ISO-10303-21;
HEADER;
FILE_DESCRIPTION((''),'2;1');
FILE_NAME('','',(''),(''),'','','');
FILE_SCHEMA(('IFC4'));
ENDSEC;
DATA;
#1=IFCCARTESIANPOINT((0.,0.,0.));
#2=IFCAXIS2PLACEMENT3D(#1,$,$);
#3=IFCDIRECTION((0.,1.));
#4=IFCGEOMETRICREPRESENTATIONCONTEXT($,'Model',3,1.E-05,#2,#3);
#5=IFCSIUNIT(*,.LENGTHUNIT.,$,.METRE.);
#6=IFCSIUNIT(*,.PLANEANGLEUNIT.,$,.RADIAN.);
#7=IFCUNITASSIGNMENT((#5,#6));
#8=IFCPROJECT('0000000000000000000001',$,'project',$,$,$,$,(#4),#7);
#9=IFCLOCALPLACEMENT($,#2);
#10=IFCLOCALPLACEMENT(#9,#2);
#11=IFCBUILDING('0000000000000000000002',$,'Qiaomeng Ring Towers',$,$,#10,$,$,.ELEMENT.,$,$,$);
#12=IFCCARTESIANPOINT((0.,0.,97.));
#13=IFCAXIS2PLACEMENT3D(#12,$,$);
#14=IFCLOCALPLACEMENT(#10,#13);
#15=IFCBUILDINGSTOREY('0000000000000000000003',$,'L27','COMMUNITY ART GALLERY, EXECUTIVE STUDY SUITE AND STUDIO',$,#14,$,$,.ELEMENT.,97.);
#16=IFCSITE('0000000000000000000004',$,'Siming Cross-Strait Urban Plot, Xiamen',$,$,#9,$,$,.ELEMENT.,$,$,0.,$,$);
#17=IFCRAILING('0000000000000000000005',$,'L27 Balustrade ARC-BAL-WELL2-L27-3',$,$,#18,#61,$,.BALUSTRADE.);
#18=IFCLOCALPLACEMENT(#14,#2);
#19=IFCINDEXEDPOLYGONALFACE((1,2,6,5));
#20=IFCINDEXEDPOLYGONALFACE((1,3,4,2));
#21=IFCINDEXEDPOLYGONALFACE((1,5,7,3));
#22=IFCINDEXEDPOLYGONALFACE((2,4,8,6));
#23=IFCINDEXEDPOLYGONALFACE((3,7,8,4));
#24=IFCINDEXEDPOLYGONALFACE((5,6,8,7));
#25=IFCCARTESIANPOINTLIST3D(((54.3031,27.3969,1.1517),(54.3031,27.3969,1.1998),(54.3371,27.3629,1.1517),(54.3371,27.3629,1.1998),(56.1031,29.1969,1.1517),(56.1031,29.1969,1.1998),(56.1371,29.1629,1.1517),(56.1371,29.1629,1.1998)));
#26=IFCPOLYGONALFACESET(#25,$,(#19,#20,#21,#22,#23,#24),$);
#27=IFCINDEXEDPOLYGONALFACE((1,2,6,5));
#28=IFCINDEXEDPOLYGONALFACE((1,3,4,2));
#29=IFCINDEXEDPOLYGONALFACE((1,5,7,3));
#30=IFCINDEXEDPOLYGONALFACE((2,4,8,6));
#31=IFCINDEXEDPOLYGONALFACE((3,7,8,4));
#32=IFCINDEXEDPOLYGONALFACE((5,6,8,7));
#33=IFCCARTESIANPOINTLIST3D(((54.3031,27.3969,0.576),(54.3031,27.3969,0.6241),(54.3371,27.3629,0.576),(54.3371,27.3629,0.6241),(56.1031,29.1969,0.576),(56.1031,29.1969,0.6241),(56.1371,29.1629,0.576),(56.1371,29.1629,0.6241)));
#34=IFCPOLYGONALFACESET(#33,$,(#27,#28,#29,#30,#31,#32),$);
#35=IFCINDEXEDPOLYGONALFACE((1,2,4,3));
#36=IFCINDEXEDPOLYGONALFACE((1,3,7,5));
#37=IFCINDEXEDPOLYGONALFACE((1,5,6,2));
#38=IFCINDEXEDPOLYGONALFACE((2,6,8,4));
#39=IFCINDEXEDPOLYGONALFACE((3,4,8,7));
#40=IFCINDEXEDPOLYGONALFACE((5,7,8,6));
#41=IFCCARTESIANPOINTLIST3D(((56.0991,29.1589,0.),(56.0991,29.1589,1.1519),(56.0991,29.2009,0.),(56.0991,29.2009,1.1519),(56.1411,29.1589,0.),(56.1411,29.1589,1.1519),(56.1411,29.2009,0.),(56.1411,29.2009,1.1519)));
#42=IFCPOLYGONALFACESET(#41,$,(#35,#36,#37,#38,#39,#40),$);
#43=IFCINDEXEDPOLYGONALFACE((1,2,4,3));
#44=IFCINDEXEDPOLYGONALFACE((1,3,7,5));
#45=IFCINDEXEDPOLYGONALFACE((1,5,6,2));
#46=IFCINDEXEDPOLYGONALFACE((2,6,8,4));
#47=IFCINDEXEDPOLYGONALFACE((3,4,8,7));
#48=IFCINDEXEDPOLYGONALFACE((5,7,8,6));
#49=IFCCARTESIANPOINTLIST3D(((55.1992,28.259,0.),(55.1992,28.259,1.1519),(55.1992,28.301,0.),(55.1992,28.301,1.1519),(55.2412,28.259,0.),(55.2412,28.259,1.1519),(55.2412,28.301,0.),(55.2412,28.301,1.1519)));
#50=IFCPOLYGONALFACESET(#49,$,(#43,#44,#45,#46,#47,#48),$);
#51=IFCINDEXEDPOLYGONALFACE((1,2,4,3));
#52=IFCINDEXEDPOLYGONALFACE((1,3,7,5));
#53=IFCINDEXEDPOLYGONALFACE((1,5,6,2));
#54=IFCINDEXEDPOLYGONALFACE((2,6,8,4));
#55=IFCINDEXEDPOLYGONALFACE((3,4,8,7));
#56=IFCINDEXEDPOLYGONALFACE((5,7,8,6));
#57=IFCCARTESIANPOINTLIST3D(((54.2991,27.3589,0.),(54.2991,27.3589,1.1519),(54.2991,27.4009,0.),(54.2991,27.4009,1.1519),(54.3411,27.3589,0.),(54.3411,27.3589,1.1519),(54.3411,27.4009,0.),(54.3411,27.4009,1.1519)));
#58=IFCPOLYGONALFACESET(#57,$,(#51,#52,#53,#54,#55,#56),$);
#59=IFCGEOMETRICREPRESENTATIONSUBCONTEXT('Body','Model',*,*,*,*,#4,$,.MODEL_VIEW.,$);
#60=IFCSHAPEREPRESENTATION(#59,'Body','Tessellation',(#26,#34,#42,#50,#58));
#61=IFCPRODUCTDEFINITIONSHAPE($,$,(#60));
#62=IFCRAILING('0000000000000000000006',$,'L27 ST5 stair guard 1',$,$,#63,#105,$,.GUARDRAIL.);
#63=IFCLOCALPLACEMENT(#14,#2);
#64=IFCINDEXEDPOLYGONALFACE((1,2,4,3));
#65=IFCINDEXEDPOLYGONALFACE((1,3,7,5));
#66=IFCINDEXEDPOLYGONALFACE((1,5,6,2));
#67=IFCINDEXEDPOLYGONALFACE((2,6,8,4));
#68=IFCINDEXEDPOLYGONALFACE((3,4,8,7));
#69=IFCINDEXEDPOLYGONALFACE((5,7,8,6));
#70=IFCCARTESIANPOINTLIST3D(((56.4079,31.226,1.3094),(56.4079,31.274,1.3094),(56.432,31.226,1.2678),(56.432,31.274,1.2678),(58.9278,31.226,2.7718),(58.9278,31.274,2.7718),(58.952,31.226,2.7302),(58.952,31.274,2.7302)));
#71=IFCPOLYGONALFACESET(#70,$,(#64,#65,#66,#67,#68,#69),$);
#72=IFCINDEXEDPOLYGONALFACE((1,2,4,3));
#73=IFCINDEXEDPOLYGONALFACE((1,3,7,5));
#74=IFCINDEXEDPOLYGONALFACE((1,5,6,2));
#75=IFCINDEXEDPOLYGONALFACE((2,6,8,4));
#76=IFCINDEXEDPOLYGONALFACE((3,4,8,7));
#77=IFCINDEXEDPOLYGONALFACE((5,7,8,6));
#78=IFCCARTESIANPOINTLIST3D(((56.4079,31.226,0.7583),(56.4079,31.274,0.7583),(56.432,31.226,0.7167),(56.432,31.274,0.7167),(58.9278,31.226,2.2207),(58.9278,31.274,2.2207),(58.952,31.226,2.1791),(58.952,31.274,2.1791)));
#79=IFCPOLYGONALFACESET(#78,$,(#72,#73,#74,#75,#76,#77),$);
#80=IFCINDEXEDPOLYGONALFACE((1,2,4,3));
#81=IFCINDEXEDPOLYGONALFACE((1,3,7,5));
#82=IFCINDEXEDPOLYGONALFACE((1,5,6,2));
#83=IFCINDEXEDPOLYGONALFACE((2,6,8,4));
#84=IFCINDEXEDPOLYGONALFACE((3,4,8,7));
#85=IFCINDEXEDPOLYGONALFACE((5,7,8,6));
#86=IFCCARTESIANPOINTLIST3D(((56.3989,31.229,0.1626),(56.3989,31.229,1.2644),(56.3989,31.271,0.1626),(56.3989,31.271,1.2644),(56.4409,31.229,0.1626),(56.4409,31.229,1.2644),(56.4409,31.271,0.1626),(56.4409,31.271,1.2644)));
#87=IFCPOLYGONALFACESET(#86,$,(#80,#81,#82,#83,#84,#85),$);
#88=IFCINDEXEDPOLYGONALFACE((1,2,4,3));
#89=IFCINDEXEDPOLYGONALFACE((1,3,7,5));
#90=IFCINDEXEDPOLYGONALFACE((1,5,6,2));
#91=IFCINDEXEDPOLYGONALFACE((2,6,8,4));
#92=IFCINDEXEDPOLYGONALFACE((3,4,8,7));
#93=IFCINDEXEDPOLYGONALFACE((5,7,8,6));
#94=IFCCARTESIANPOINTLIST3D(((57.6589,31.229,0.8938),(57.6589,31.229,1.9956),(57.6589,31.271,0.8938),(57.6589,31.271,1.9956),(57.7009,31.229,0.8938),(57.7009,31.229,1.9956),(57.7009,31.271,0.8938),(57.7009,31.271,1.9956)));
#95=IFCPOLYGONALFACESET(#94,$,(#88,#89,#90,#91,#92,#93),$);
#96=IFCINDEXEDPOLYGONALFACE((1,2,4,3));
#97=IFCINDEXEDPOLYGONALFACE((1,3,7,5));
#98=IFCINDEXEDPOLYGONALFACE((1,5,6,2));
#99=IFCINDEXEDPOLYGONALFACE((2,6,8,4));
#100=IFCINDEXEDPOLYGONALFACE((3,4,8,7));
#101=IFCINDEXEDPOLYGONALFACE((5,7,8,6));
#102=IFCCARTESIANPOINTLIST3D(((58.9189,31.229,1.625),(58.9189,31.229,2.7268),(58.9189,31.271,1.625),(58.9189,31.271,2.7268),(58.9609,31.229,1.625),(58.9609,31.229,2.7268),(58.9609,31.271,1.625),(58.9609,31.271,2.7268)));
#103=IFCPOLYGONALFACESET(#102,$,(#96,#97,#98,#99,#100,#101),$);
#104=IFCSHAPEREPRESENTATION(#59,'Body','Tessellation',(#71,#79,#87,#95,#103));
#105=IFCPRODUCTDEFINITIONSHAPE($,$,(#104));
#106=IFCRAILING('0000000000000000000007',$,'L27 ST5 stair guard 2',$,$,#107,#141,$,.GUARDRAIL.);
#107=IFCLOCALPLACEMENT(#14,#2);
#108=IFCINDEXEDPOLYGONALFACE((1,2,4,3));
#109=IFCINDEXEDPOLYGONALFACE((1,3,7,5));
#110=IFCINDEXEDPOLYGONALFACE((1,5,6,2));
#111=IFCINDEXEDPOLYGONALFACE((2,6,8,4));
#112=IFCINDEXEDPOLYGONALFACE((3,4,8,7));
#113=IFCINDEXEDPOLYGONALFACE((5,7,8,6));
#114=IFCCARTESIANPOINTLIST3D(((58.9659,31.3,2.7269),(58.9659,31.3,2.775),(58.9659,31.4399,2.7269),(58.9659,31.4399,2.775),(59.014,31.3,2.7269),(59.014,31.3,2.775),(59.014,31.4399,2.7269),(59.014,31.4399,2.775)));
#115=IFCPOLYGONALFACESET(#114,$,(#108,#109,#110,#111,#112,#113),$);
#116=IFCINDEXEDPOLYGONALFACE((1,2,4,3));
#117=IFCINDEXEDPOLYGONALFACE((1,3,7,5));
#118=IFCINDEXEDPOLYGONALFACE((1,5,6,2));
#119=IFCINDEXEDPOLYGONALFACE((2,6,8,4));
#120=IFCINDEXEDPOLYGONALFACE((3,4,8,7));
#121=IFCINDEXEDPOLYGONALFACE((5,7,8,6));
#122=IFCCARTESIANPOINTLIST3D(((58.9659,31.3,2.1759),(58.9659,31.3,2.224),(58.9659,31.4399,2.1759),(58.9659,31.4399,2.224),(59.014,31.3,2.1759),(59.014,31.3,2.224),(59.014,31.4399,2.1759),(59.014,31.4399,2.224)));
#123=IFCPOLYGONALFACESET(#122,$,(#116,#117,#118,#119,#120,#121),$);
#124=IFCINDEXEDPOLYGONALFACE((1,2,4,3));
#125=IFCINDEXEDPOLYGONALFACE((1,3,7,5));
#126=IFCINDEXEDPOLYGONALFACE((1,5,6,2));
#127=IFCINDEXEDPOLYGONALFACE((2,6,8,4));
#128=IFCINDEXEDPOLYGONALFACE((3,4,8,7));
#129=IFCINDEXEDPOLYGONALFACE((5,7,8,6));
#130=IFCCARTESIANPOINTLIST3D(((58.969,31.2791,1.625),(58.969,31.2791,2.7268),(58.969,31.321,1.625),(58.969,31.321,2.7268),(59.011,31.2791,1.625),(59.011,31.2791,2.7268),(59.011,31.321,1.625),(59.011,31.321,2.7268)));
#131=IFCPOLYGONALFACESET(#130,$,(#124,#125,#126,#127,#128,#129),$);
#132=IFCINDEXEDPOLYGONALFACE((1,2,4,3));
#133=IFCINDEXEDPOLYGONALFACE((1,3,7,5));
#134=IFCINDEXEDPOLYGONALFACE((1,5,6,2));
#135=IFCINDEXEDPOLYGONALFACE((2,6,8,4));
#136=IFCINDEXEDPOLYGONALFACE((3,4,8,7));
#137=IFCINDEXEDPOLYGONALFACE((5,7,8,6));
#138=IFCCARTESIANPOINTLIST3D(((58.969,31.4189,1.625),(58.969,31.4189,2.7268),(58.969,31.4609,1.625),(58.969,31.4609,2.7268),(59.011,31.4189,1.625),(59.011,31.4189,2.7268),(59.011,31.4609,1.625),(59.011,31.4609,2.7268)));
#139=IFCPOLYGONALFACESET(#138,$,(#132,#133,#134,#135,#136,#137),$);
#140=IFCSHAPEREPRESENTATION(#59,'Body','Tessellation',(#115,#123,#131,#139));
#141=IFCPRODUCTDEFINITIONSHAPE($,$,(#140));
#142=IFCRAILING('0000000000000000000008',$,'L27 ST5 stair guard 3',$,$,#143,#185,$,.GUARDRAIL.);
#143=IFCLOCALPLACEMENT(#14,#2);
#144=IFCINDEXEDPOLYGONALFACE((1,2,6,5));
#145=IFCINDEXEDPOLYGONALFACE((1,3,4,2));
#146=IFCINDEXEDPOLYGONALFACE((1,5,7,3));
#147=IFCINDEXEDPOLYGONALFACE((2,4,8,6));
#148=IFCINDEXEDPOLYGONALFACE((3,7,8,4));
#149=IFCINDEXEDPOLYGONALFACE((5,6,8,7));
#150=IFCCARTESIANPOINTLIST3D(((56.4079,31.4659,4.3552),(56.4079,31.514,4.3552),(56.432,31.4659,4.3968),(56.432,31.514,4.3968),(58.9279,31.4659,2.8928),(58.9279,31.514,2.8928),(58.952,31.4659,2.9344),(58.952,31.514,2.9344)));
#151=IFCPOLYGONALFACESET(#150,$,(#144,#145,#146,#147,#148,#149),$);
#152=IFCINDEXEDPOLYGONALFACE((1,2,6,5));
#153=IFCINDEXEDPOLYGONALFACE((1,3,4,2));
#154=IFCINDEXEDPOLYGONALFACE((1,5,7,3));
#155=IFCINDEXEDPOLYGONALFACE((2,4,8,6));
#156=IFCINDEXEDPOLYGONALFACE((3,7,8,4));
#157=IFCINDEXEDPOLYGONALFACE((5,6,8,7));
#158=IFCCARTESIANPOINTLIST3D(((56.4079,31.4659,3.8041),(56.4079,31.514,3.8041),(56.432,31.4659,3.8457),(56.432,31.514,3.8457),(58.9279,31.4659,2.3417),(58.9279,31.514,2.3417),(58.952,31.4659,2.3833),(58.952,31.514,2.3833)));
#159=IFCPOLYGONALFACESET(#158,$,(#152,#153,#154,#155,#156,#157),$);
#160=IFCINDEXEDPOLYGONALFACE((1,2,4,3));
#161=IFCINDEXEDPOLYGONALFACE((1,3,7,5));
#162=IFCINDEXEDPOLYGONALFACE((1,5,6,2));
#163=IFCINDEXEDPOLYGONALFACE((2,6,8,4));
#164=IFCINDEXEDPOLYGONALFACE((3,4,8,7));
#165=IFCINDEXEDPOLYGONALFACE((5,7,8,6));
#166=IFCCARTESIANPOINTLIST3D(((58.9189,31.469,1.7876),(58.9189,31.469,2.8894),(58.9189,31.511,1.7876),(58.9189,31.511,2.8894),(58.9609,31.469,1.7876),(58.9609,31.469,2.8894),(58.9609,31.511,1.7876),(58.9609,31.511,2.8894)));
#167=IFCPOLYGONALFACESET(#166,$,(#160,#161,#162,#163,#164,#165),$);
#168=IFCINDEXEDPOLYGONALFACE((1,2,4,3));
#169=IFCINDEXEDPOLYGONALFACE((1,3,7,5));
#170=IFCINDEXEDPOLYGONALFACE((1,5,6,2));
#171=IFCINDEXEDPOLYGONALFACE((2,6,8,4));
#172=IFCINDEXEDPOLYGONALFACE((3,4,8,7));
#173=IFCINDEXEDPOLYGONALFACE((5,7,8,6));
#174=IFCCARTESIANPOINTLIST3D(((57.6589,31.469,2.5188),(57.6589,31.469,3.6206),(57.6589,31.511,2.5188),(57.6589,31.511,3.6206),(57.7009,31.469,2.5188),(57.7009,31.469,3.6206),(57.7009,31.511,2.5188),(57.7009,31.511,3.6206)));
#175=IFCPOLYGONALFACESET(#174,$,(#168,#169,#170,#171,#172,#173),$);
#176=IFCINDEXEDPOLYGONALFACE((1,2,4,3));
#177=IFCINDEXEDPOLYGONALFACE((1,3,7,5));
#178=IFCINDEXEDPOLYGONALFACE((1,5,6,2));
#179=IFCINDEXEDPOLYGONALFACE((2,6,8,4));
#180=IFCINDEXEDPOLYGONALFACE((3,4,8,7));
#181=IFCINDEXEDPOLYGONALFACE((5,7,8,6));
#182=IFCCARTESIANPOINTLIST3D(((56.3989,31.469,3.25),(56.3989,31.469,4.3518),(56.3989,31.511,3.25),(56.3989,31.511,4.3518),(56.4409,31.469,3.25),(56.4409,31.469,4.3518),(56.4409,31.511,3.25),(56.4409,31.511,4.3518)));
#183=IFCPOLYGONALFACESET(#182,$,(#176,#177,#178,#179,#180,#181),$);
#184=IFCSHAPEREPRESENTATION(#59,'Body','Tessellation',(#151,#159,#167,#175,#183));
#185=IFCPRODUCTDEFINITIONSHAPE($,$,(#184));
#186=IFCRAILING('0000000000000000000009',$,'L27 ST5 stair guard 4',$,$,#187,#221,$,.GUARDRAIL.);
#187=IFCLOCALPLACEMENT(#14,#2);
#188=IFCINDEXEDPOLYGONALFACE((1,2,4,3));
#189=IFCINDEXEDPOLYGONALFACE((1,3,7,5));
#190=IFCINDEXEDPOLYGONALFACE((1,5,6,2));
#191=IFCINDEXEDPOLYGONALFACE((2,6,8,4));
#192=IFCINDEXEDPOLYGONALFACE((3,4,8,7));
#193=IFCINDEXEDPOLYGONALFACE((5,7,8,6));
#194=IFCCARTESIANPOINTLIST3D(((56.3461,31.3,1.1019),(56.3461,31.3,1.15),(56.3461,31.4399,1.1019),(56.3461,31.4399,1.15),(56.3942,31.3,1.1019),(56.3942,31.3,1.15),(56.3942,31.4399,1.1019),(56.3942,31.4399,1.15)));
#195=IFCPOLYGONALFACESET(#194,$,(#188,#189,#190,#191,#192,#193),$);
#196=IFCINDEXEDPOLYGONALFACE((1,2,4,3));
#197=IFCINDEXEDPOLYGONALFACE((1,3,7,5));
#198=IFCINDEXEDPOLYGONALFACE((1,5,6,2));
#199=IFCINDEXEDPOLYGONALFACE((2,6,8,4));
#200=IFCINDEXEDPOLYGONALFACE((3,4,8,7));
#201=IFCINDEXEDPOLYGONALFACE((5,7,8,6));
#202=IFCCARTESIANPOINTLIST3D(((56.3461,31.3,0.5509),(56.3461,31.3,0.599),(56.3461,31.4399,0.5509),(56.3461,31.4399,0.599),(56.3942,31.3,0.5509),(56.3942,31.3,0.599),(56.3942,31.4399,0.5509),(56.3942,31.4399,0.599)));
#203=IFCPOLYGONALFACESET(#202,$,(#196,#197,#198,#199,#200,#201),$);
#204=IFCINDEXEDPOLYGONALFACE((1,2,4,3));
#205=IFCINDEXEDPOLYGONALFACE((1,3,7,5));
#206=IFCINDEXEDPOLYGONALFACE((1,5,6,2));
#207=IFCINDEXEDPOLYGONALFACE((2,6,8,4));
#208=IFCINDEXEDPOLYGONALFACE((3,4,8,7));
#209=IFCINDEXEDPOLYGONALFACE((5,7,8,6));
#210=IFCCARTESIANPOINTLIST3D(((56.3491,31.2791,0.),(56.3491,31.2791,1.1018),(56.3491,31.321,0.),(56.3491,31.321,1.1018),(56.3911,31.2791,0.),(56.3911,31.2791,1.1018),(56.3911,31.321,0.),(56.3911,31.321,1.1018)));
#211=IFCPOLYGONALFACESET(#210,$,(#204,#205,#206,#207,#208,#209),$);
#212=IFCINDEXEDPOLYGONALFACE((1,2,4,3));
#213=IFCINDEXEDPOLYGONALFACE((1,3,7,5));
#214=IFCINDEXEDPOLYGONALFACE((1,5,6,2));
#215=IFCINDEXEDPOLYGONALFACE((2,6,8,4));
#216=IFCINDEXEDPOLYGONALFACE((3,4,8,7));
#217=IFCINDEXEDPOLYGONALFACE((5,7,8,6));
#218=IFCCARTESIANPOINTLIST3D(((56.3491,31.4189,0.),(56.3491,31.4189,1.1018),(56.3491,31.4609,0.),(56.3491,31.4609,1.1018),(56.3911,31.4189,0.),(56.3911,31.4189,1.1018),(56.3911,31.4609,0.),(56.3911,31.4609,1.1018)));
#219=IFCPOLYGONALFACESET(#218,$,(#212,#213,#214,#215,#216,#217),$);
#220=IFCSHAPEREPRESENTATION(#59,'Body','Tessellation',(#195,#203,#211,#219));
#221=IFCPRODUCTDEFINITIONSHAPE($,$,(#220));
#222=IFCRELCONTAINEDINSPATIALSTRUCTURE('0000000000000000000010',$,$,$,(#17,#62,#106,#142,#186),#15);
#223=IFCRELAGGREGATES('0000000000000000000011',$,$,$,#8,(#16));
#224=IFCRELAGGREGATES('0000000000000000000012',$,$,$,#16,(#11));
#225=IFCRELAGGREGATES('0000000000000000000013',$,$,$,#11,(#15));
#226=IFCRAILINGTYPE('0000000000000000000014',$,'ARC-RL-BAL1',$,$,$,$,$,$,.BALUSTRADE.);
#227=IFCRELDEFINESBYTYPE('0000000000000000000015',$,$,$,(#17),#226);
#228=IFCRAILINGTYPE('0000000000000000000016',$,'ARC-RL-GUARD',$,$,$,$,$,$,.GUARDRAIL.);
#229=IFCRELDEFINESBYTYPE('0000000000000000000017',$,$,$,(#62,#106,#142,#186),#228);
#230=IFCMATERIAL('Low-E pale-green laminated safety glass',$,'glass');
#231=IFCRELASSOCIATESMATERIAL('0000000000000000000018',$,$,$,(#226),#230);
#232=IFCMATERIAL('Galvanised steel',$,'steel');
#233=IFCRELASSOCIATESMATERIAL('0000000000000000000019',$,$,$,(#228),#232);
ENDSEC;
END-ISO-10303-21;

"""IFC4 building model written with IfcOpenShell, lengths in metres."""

from ifc_helpers import new_model, si_unit, direction, frame, origin, origin_2d, place, context, subcontext, project, spatial, rectangle, extrude, material, type_object, element, save


model = new_model("IFC4")

# Units and contexts
model_context = context("Model", 3, precision=1e-05, world=origin(), true_north=direction((0.0, 1.0)))
body_context = subcontext(model_context, "Body", "Model", "MODEL_VIEW")
ifc_project = project(units=[si_unit("LENGTHUNIT", "METRE"), si_unit("PLANEANGLEUNIT", "RADIAN")], contexts=[model_context])

# Site, building, storey
site_placement = place(None, origin())
site = spatial("IfcSite", under=ifc_project, at=site_placement, Name="Siming Cross-Strait Urban Plot, Xiamen", CompositionType="ELEMENT", RefElevation=0.0)
building_placement = place(site_placement, origin())
building = spatial("IfcBuilding", under=site, at=building_placement, Name="Qiaomeng Ring Towers", CompositionType="ELEMENT")
storey_placement = place(building_placement, frame((0.0, 0.0, 97.0)))
storey = spatial("IfcBuildingStorey", under=building, at=storey_placement, Name="L27", Description="COMMUNITY ART GALLERY, EXECUTIVE STUDY SUITE AND STUDIO", CompositionType="ELEMENT", Elevation=97.0)

# Shared definitions
ifc_material_1 = material(Name="Galvanised steel", Category="steel")

# Railings
ifc_material_2 = material(Name="Low-E pale-green laminated safety glass", Category="glass")
railing_type_1 = type_object("IfcRailingType", Name="ARC-RL-BAL1", PredefinedType="BALUSTRADE", material=ifc_material_2)
railing_1_placement = place(storey_placement, frame((56.1201, 29.1799, 0.0)))
element("IfcRailing", 1, at=railing_1_placement, inside=storey, type_object=railing_type_1, Name="L27 Balustrade ARC-BAL-WELL2-L27-3", PredefinedType="BALUSTRADE", context=body_context, shape_type="SweptSolid", body=[
    extrude(rectangle(XDim=0.0481, YDim=0.0481, at=origin_2d()), frame((0.0, 0.0, 1.1758), z_axis=(-0.707107, -0.707107, 0.0), x_axis=(0.707107, -0.707107, 0.0)), (0.0, 0.0, 1.0), 2.5457),
    extrude(rectangle(XDim=0.0481, YDim=0.0481, at=origin_2d()), frame((0.0, 0.0, 0.6001), z_axis=(-0.707107, -0.707107, 0.0), x_axis=(0.707107, -0.707107, 0.0)), (0.0, 0.0, 1.0), 2.5457),
    extrude(rectangle(XDim=0.042, YDim=0.042, at=origin_2d()), origin(), (0.0, 0.0, 1.0), 1.1519),
    extrude(rectangle(XDim=0.042, YDim=0.042, at=origin_2d()), frame((-0.8999, -0.8999, 0.0)), (0.0, 0.0, 1.0), 1.1519),
    extrude(rectangle(XDim=0.042, YDim=0.042, at=origin_2d()), frame((-1.8, -1.8, 0.0)), (0.0, 0.0, 1.0), 1.1519),
])
railing_type_2 = type_object("IfcRailingType", Name="ARC-RL-GUARD", PredefinedType="GUARDRAIL", material=ifc_material_1)
railing_2_placement = place(storey_placement, frame((56.4199, 31.25, 0.1626)))
element("IfcRailing", 2, at=railing_2_placement, inside=storey, type_object=railing_type_2, Name="L27 ST5 stair guard 1", PredefinedType="GUARDRAIL", context=body_context, shape_type="SweptSolid", body=[
    extrude(rectangle(XDim=0.0481, YDim=0.0481, at=origin_2d()), frame((0.0, 0.0, 1.126), z_axis=(0.864913, 0.0, 0.501921), x_axis=(0.0, 1.0, 0.0)), (0.0, 0.0, 1.0), 2.9136),
    extrude(rectangle(XDim=0.0481, YDim=0.0481, at=origin_2d()), frame((0.0, 0.0, 0.575), z_axis=(0.864913, 0.0, 0.501921), x_axis=(0.0, 1.0, 0.0)), (0.0, 0.0, 1.0), 2.9136),
    extrude(rectangle(XDim=0.042, YDim=0.042, at=origin_2d()), origin(), (0.0, 0.0, 1.0), 1.1018),
    extrude(rectangle(XDim=0.042, YDim=0.042, at=origin_2d()), frame((1.26, 0.0, 0.7312)), (0.0, 0.0, 1.0), 1.1018),
    extrude(rectangle(XDim=0.042, YDim=0.042, at=origin_2d()), frame((2.52, 0.0, 1.4624)), (0.0, 0.0, 1.0), 1.1018),
])
railing_3_placement = place(storey_placement, frame((58.99, 31.3, 1.625)))
element("IfcRailing", 3, at=railing_3_placement, inside=storey, type_object=railing_type_2, Name="L27 ST5 stair guard 2", PredefinedType="GUARDRAIL", context=body_context, shape_type="SweptSolid", body=[
    extrude(rectangle(XDim=0.0481, YDim=0.0481, at=origin_2d()), frame((0.0, 0.0, 1.126), z_axis=(0.0, 1.0, 0.0), x_axis=(-1.0, 0.0, 0.0)), (0.0, 0.0, 1.0), 0.1399),
    extrude(rectangle(XDim=0.0481, YDim=0.0481, at=origin_2d()), frame((0.0, 0.0, 0.575), z_axis=(0.0, 1.0, 0.0), x_axis=(-1.0, 0.0, 0.0)), (0.0, 0.0, 1.0), 0.1399),
    extrude(rectangle(XDim=0.042, YDim=0.042, at=origin_2d()), origin(), (0.0, 0.0, 1.0), 1.1018),
    extrude(rectangle(XDim=0.042, YDim=0.042, at=origin_2d()), frame((0.0, 0.1399, 0.0)), (0.0, 0.0, 1.0), 1.1018),
])
railing_4_placement = place(storey_placement, frame((58.9399, 31.49, 1.7876)))
element("IfcRailing", 4, at=railing_4_placement, inside=storey, type_object=railing_type_2, Name="L27 ST5 stair guard 3", PredefinedType="GUARDRAIL", context=body_context, shape_type="SweptSolid", body=[
    extrude(rectangle(XDim=0.0481, YDim=0.0481, at=origin_2d()), frame((0.0, 0.0, 1.126), z_axis=(-0.864913, 0.0, 0.501921), x_axis=(0.0, -1.0, 0.0)), (0.0, 0.0, 1.0), 2.9136),
    extrude(rectangle(XDim=0.0481, YDim=0.0481, at=origin_2d()), frame((0.0, 0.0, 0.575), z_axis=(-0.864913, 0.0, 0.501921), x_axis=(0.0, -1.0, 0.0)), (0.0, 0.0, 1.0), 2.9136),
    extrude(rectangle(XDim=0.042, YDim=0.042, at=origin_2d()), origin(), (0.0, 0.0, 1.0), 1.1018),
    extrude(rectangle(XDim=0.042, YDim=0.042, at=origin_2d()), frame((-1.26, 0.0, 0.7312)), (0.0, 0.0, 1.0), 1.1018),
    extrude(rectangle(XDim=0.042, YDim=0.042, at=origin_2d()), frame((-2.52, 0.0, 1.4624)), (0.0, 0.0, 1.0), 1.1018),
])
railing_5_placement = place(storey_placement, frame((56.3701, 31.3, 0.0)))
element("IfcRailing", 5, at=railing_5_placement, inside=storey, type_object=railing_type_2, Name="L27 ST5 stair guard 4", PredefinedType="GUARDRAIL", context=body_context, shape_type="SweptSolid", body=[
    extrude(rectangle(XDim=0.0481, YDim=0.0481, at=origin_2d()), frame((0.0, 0.0, 1.126), z_axis=(0.0, 1.0, 0.0), x_axis=(-1.0, 0.0, 0.0)), (0.0, 0.0, 1.0), 0.1399),
    extrude(rectangle(XDim=0.0481, YDim=0.0481, at=origin_2d()), frame((0.0, 0.0, 0.575), z_axis=(0.0, 1.0, 0.0), x_axis=(-1.0, 0.0, 0.0)), (0.0, 0.0, 1.0), 0.1399),
    extrude(rectangle(XDim=0.042, YDim=0.042, at=origin_2d()), origin(), (0.0, 0.0, 1.0), 1.1018),
    extrude(rectangle(XDim=0.042, YDim=0.042, at=origin_2d()), frame((0.0, 0.1399, 0.0)), (0.0, 0.0, 1.0), 1.1018),
])

save(model, "model.ifc")
